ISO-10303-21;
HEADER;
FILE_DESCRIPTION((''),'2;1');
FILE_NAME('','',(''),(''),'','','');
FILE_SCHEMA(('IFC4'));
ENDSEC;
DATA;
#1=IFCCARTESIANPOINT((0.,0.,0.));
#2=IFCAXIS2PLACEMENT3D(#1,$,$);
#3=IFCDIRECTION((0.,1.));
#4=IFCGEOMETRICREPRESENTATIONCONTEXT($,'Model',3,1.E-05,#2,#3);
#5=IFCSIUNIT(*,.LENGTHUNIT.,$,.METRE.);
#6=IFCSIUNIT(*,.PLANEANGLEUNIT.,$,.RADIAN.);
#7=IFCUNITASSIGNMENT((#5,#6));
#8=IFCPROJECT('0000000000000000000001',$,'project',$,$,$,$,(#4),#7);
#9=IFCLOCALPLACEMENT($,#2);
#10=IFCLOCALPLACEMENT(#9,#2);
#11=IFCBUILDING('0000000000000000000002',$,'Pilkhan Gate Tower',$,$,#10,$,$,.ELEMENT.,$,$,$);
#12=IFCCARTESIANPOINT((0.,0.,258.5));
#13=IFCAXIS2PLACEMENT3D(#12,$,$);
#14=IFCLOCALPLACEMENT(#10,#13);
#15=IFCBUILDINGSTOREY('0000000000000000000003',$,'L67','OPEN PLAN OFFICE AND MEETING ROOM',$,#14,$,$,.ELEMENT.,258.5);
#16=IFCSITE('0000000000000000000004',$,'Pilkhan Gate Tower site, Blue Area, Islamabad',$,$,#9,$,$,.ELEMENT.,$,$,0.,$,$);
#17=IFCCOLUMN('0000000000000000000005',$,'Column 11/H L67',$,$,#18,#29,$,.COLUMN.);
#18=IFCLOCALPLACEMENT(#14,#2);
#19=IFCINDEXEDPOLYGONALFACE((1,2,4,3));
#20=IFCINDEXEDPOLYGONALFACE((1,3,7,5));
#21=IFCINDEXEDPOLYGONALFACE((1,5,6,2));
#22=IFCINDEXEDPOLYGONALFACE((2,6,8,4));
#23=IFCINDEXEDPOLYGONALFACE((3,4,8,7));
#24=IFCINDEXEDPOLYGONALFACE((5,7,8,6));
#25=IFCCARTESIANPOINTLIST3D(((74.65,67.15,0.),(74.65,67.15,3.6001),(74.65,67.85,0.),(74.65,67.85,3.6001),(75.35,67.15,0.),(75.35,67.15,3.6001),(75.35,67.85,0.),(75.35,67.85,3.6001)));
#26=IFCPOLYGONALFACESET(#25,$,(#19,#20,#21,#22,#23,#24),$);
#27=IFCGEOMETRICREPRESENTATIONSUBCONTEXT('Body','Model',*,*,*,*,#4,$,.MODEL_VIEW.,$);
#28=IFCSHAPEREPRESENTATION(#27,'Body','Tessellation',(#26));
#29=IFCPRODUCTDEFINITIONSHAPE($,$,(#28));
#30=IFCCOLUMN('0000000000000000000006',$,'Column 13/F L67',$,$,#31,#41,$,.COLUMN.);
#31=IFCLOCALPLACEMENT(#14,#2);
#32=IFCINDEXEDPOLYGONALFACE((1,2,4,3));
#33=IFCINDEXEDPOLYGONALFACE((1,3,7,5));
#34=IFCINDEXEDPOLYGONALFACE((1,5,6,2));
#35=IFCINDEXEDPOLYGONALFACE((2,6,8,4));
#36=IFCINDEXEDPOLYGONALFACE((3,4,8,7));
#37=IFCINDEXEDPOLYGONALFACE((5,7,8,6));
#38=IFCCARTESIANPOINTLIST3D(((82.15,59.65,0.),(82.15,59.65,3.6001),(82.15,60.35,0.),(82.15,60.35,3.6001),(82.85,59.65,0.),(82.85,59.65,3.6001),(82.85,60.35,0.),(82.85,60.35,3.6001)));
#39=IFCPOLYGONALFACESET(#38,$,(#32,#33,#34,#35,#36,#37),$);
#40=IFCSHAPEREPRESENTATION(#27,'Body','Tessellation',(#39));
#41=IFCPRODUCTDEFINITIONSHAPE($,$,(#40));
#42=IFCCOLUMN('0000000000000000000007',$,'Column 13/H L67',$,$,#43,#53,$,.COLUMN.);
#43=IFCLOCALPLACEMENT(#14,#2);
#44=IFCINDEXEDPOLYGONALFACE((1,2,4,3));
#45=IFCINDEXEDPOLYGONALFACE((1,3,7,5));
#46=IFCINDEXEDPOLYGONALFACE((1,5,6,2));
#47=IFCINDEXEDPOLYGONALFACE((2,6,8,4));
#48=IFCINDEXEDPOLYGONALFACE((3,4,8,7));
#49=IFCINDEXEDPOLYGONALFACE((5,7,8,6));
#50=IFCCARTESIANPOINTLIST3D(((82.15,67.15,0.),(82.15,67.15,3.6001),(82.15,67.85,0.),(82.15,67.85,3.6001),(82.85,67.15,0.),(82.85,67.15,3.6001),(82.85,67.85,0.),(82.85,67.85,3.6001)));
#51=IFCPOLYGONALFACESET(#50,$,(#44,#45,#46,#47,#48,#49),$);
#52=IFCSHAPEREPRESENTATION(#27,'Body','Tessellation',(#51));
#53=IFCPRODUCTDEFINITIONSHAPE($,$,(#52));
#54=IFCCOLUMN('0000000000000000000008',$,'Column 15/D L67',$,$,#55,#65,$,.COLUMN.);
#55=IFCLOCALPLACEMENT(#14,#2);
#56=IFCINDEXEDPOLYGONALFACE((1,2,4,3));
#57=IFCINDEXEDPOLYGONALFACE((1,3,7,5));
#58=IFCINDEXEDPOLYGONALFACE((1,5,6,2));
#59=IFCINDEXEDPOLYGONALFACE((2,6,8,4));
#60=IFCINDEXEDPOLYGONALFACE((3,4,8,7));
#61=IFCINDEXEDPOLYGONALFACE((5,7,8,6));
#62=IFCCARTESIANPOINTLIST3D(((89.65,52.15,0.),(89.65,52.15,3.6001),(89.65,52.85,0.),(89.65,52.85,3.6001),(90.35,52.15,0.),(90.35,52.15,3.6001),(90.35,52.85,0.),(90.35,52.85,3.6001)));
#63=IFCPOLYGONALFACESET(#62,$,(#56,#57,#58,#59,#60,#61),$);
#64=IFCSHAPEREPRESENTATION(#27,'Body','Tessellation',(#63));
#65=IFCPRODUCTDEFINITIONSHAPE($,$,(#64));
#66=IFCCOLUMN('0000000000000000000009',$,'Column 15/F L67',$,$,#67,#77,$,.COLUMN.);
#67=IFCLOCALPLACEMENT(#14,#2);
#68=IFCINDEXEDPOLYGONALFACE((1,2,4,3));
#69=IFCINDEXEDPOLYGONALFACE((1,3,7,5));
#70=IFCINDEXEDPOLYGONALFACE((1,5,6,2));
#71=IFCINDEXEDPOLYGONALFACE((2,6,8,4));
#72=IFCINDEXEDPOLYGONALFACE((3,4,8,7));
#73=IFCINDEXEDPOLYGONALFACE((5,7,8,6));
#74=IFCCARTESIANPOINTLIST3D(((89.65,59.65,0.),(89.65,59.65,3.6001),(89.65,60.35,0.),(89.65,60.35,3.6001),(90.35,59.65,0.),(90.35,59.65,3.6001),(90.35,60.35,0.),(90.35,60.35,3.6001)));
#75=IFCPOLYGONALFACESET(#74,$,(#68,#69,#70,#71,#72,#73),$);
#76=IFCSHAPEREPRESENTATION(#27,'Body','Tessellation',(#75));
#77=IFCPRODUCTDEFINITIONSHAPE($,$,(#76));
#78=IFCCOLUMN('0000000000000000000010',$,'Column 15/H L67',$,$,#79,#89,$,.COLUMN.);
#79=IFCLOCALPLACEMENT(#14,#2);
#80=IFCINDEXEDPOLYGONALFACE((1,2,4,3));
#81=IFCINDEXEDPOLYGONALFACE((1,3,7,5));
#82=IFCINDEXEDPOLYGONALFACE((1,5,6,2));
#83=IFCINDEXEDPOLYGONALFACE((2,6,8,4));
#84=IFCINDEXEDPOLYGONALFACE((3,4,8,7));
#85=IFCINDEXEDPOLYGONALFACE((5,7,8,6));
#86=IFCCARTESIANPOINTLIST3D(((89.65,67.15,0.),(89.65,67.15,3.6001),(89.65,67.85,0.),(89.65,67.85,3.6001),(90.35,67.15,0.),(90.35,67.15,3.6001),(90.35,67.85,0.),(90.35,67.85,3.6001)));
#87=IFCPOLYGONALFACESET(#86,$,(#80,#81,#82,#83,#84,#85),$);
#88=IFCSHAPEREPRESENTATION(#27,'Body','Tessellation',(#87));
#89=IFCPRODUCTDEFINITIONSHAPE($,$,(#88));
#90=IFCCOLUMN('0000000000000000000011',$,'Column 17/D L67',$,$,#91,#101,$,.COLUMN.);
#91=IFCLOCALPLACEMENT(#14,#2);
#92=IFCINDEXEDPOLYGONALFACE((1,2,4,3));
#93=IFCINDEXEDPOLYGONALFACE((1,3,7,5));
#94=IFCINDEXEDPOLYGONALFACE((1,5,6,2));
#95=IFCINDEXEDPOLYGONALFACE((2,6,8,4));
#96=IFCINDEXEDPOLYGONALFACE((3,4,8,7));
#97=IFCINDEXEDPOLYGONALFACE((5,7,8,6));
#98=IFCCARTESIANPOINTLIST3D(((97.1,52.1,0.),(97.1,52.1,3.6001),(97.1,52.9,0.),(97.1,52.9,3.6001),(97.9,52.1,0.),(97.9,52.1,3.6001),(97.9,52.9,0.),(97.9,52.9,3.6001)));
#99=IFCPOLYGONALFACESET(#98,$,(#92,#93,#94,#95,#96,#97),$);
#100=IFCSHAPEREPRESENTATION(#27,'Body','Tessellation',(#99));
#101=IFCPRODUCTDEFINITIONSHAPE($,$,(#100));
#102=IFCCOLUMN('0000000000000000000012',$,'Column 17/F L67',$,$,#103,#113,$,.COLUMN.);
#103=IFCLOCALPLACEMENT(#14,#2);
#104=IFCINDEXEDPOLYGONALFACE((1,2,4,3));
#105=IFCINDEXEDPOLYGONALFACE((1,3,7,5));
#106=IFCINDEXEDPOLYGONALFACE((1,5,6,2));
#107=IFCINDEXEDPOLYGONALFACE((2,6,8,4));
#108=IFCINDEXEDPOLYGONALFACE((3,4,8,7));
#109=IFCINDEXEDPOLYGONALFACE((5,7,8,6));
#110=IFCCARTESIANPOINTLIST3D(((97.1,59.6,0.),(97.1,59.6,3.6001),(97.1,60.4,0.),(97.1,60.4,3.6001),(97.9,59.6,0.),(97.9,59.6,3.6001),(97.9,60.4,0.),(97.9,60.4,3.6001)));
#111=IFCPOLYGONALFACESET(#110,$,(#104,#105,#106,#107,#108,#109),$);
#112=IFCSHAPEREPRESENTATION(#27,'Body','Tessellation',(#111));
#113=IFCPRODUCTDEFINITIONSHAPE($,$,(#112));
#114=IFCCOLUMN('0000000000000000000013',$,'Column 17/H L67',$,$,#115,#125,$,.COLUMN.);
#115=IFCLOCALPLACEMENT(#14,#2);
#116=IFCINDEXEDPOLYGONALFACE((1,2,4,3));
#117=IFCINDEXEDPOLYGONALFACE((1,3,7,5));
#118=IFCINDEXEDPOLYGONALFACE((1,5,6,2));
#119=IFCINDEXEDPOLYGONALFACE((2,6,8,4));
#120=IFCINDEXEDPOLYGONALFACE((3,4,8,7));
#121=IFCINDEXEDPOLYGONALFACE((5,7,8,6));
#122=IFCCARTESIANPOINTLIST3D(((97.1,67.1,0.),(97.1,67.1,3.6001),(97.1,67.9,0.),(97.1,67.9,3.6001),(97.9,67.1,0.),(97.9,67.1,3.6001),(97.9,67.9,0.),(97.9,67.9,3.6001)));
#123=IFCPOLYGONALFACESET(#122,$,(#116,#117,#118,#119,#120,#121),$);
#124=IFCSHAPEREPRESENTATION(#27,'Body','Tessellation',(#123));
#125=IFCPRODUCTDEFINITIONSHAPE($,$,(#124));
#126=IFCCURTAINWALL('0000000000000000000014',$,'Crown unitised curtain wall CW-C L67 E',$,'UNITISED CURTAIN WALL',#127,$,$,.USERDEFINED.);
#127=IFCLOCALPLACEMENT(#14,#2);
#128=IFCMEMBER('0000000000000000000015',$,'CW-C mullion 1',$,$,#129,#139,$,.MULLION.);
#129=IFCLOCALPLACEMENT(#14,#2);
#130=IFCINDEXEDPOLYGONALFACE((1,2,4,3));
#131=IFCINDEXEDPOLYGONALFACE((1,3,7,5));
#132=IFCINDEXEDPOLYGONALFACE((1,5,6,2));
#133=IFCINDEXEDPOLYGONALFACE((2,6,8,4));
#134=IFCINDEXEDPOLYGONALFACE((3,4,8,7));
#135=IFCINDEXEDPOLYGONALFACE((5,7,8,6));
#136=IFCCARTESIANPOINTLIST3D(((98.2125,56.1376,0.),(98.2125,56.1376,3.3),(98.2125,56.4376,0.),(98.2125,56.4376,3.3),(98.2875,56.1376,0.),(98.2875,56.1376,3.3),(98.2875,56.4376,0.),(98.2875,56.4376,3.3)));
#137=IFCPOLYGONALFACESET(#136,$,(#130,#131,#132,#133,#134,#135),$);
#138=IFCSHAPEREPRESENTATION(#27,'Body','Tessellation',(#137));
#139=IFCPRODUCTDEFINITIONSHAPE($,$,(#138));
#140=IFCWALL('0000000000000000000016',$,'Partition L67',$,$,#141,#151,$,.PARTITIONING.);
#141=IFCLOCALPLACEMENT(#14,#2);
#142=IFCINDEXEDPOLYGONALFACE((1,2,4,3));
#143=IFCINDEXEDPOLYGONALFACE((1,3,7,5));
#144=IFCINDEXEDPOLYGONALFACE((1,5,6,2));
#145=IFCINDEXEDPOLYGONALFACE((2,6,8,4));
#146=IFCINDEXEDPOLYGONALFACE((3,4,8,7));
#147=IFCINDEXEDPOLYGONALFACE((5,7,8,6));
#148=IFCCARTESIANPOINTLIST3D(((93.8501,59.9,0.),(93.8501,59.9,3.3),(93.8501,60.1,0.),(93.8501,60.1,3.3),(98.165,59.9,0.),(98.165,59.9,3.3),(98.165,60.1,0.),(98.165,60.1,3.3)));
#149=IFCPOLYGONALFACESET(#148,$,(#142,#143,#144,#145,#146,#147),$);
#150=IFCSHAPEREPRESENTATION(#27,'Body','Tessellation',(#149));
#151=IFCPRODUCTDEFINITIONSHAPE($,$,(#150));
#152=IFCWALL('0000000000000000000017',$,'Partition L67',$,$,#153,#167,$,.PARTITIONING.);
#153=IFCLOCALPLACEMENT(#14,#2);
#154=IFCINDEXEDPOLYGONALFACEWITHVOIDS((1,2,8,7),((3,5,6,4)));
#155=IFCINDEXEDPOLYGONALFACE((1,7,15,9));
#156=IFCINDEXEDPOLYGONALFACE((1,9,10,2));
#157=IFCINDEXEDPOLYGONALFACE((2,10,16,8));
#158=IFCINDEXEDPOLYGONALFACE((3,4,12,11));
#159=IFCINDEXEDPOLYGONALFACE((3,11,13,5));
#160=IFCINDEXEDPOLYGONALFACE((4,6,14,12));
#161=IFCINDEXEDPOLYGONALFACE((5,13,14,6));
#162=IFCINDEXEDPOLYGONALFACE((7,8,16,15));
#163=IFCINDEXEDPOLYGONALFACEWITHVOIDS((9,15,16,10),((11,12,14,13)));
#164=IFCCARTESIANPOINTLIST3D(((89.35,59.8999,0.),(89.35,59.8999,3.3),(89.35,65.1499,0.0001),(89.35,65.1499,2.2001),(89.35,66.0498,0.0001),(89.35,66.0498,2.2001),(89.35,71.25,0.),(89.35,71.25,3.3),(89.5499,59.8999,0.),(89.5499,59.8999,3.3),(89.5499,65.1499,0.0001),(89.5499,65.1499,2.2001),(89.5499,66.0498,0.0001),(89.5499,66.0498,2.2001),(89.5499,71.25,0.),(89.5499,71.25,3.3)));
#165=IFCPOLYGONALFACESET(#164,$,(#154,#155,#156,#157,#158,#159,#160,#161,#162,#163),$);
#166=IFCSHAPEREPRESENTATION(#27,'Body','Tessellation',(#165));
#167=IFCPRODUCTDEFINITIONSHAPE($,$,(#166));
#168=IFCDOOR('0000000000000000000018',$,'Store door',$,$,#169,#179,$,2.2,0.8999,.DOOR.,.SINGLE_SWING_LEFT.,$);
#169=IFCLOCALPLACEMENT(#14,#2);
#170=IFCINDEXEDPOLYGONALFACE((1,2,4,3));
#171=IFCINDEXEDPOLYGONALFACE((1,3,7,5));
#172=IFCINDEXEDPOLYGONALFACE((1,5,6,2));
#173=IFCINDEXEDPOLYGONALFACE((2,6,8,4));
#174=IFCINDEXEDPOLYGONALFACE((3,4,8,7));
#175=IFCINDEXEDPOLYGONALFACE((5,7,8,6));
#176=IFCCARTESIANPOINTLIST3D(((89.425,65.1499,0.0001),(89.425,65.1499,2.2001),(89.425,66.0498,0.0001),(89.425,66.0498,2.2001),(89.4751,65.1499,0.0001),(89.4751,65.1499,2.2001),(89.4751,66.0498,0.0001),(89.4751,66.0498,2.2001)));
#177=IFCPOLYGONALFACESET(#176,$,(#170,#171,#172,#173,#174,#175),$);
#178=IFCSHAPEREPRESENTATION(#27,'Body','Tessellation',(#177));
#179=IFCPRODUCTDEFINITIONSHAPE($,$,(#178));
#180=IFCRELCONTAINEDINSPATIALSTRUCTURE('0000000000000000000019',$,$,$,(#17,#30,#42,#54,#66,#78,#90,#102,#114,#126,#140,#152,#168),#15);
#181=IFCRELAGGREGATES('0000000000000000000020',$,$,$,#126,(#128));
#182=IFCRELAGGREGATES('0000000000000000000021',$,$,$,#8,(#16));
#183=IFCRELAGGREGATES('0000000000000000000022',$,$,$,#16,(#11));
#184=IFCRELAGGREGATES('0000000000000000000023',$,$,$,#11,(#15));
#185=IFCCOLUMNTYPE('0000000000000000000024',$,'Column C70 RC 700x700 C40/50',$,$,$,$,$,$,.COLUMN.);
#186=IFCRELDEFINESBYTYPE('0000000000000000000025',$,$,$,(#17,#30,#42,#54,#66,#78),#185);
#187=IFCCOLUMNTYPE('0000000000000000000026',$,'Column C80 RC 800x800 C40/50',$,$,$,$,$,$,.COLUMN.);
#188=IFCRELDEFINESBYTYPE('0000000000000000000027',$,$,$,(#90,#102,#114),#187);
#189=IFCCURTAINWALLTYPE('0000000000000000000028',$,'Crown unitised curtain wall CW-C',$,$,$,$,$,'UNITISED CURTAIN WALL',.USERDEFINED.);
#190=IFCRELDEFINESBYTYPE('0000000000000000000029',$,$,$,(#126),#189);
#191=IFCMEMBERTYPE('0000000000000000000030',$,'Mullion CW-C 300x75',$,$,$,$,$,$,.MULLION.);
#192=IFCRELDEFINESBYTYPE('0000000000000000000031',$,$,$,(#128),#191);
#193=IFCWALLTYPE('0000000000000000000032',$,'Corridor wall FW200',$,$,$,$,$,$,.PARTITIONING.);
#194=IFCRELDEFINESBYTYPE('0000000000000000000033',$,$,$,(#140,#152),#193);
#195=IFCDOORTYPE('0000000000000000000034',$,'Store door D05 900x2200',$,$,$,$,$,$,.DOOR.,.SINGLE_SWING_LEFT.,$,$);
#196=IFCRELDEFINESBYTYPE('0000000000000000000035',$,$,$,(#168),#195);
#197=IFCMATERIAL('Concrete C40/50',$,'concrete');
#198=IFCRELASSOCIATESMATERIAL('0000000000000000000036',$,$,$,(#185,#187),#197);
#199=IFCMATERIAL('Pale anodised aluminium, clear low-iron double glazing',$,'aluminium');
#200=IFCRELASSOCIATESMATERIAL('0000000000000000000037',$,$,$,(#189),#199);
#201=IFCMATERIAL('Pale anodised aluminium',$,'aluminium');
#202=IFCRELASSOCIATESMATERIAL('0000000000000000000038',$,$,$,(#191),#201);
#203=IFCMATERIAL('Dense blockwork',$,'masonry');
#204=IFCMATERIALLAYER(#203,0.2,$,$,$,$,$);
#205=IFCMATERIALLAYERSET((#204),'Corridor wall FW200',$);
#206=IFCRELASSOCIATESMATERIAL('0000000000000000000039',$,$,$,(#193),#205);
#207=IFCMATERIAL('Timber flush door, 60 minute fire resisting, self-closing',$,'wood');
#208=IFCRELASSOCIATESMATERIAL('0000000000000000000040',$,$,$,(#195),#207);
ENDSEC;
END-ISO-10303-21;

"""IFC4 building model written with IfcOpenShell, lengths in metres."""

from ifc_helpers import new_model, si_unit, direction, frame, frame_2d, origin, origin_2d, place, context, subcontext, project, spatial, rectangle, extrude, material, layer, layer_set, material_profile, profile_set, type_object, element, fill, aggregate, save


model = new_model("IFC4")

# Units and contexts
model_context = context("Model", 3, precision=1e-05, world=origin(), true_north=direction((0.0, 1.0)))
body_context = subcontext(model_context, "Body", "Model", "MODEL_VIEW")
ifc_project = project(units=[si_unit("LENGTHUNIT", "METRE"), si_unit("PLANEANGLEUNIT", "RADIAN")], contexts=[model_context])

# Site, building, storey
site_placement = place(None, origin())
site = spatial("IfcSite", under=ifc_project, at=site_placement, Name="Pilkhan Gate Tower site, Blue Area, Islamabad", CompositionType="ELEMENT", RefElevation=0.0)
building_placement = place(site_placement, origin())
building = spatial("IfcBuilding", under=site, at=building_placement, Name="Pilkhan Gate Tower", CompositionType="ELEMENT")
storey_placement = place(building_placement, frame((0.0, 0.0, 258.5)))
storey = spatial("IfcBuildingStorey", under=building, at=storey_placement, Name="L67", Description="OPEN PLAN OFFICE AND MEETING ROOM", CompositionType="ELEMENT", Elevation=258.5)

# Columns
ifc_material_1 = material(Name="Concrete C40/50", Category="concrete")
ifc_material_profile_1 = material_profile(ifc_material_1, rectangle(XDim=0.7, YDim=0.7, at=origin_2d()), Name="RC 700x700")
ifc_profile_set_1 = profile_set([ifc_material_profile_1], Name="Concrete C40/50")
column_type_1 = type_object("IfcColumnType", Name="Column C70 RC 700x700 C40/50", PredefinedType="COLUMN", material=ifc_profile_set_1)
for number, where, z_axis, x_axis, name in (
    (1, (75.0, 67.5, 0.0), (0.0, 0.0, 1.0), (1.0, 0.0, 0.0), "Column 11/H L67"),
    (2, (82.5, 60.0, 0.0), (0.0, 0.0, 1.0), (1.0, 0.0, 0.0), "Column 13/F L67"),
    (3, (82.5, 67.5, 0.0), (0.0, 0.0, 1.0), (1.0, 0.0, 0.0), "Column 13/H L67"),
    (4, (90.0, 52.5, 0.0), (0.0, 0.0, 1.0), (1.0, 0.0, 0.0), "Column 15/D L67"),
    (5, (90.0, 60.0, 0.0), (0.0, 0.0, 1.0), (1.0, 0.0, 0.0), "Column 15/F L67"),
    (6, (90.0, 67.5, 0.0), (0.0, 0.0, 1.0), (1.0, 0.0, 0.0), "Column 15/H L67"),
):
    element("IfcColumn", number, at=place(storey_placement, frame(where, z_axis=z_axis, x_axis=x_axis)), inside=storey, type_object=column_type_1, Name=name, PredefinedType="COLUMN", context=body_context, shape_type="SweptSolid", body=[
        extrude(rectangle(XDim=0.7, YDim=0.7, at=origin_2d()), origin(), (0.0, 0.0, 1.0), 3.6001),
    ])
ifc_material_profile_2 = material_profile(ifc_material_1, rectangle(XDim=0.8, YDim=0.8, at=origin_2d()), Name="RC 800x800")
ifc_profile_set_2 = profile_set([ifc_material_profile_2], Name="Concrete C40/50")
column_type_2 = type_object("IfcColumnType", Name="Column C80 RC 800x800 C40/50", PredefinedType="COLUMN", material=ifc_profile_set_2)
for number, where, z_axis, x_axis, name in (
    (7, (97.5, 52.5, 0.0), (0.0, 0.0, 1.0), (1.0, 0.0, 0.0), "Column 17/D L67"),
    (8, (97.5, 60.0, 0.0), (0.0, 0.0, 1.0), (1.0, 0.0, 0.0), "Column 17/F L67"),
    (9, (97.5, 67.5, 0.0), (0.0, 0.0, 1.0), (1.0, 0.0, 0.0), "Column 17/H L67"),
):
    element("IfcColumn", number, at=place(storey_placement, frame(where, z_axis=z_axis, x_axis=x_axis)), inside=storey, type_object=column_type_2, Name=name, PredefinedType="COLUMN", context=body_context, shape_type="SweptSolid", body=[
        extrude(rectangle(XDim=0.8, YDim=0.8, at=origin_2d()), origin(), (0.0, 0.0, 1.0), 3.6001),
    ])

# Curtain wall, member
ifc_material_2 = material(Name="Pale anodised aluminium, clear low-iron double glazing", Category="aluminium")
curtain_wall_type = type_object("IfcCurtainWallType", Name="Crown unitised curtain wall CW-C", ElementType="UNITISED CURTAIN WALL", PredefinedType="USERDEFINED", material=ifc_material_2)
curtain_wall_placement = place(storey_placement, origin())
curtain_wall = element("IfcCurtainWall", 10, at=curtain_wall_placement, inside=storey, type_object=curtain_wall_type, Name="Crown unitised curtain wall CW-C L67 E", ObjectType="UNITISED CURTAIN WALL", PredefinedType="USERDEFINED")
ifc_material_3 = material(Name="Pale anodised aluminium", Category="aluminium")
ifc_material_profile_3 = material_profile(ifc_material_3, rectangle(XDim=0.075, YDim=0.3, at=origin_2d()), Name="Mullion 300x75")
ifc_profile_set_3 = profile_set([ifc_material_profile_3], Name="Pale anodised aluminium")
member_type = type_object("IfcMemberType", Name="Mullion CW-C 300x75", PredefinedType="MULLION", material=ifc_profile_set_3)
member_placement = place(storey_placement, frame((98.25, 56.2876, 0.0), z_axis=(0.0, 0.0, 1.0), x_axis=(-1.0, 0.0, 0.0)))
member = element("IfcMember", 11, at=member_placement, type_object=member_type, Name="CW-C mullion 1", PredefinedType="MULLION", context=body_context, shape_type="SweptSolid", body=[
    extrude(rectangle(XDim=0.075, YDim=0.3, at=origin_2d()), origin(), (0.0, 0.0, 1.0), 3.3),
])
aggregate(curtain_wall, [member])

# Wall
ifc_material_4 = material(Name="Dense blockwork", Category="masonry")
ifc_layer_1 = layer(ifc_material_4, 0.2)
ifc_layer_set_1 = layer_set([ifc_layer_1], Name="Corridor wall FW200")
wall_type_1 = type_object("IfcWallType", Name="Corridor wall FW200", PredefinedType="PARTITIONING", material=ifc_layer_set_1)
wall_1_placement = place(storey_placement, frame((93.8501, 60.0, 0.0), z_axis=(0.0, 0.0, 1.0), x_axis=(1.0, 0.0, 0.0)))
element("IfcWall", 12, at=wall_1_placement, inside=storey, type_object=wall_type_1, Name="Partition L67", PredefinedType="PARTITIONING", context=body_context, shape_type="SweptSolid", body=[
    extrude(rectangle(XDim=4.3149, YDim=0.2, at=frame_2d((2.1575, 0.0))), origin(), (0.0, 0.0, 1.0), 3.3),
])

# Wall, opening, door
wall_2_placement = place(storey_placement, frame((89.45, 59.8999, 0.0), z_axis=(0.0, 0.0, 1.0), x_axis=(0.0, 1.0, 0.0)))
wall_2 = element("IfcWall", 13, at=wall_2_placement, inside=storey, type_object=wall_type_1, Name="Partition L67", PredefinedType="PARTITIONING", context=body_context, shape_type="SweptSolid", body=[
    extrude(rectangle(XDim=11.3501, YDim=0.2, at=frame_2d((5.675, 0.0))), origin(), (0.0, 0.0, 1.0), 3.3),
])
opening_1_placement = place(wall_2_placement, frame((5.25, 0.0, 0.0)))
opening_1 = element("IfcOpeningElement", 14, at=opening_1_placement, cuts=wall_2, PredefinedType="OPENING", context=body_context, shape_type="SweptSolid", body=[
    extrude(rectangle(XDim=0.8999, YDim=2.2, at=frame_2d((0.45, 1.1001))), frame((0.0, 0.1099, 0.0), z_axis=(0.0, -1.0, 0.0), x_axis=(1.0, 0.0, 0.0)), (0.0, 0.0, 1.0), 0.22),
])
ifc_material_5 = material(Name="Timber flush door, 60 minute fire resisting, self-closing", Category="wood")
door_type_1 = type_object("IfcDoorType", Name="Store door D05 900x2200", OperationType="SINGLE_SWING_LEFT", PredefinedType="DOOR", material=ifc_material_5)
door_1_placement = place(opening_1_placement, origin())
door_1 = element("IfcDoor", 15, at=door_1_placement, inside=storey, type_object=door_type_1, Name="Store door", OperationType="SINGLE_SWING_LEFT", OverallHeight=2.2, OverallWidth=0.8999, PredefinedType="DOOR", context=body_context, shape_type="SweptSolid", body=[
    extrude(rectangle(XDim=0.8999, YDim=2.2, at=frame_2d((0.45, 1.1001))), frame((0.0, 0.0249, 0.0), z_axis=(0.0, -1.0, 0.0), x_axis=(1.0, 0.0, 0.0)), (0.0, 0.0, 1.0), 0.05),
])
fill(opening_1, door_1)

save(model, "model.ifc")
